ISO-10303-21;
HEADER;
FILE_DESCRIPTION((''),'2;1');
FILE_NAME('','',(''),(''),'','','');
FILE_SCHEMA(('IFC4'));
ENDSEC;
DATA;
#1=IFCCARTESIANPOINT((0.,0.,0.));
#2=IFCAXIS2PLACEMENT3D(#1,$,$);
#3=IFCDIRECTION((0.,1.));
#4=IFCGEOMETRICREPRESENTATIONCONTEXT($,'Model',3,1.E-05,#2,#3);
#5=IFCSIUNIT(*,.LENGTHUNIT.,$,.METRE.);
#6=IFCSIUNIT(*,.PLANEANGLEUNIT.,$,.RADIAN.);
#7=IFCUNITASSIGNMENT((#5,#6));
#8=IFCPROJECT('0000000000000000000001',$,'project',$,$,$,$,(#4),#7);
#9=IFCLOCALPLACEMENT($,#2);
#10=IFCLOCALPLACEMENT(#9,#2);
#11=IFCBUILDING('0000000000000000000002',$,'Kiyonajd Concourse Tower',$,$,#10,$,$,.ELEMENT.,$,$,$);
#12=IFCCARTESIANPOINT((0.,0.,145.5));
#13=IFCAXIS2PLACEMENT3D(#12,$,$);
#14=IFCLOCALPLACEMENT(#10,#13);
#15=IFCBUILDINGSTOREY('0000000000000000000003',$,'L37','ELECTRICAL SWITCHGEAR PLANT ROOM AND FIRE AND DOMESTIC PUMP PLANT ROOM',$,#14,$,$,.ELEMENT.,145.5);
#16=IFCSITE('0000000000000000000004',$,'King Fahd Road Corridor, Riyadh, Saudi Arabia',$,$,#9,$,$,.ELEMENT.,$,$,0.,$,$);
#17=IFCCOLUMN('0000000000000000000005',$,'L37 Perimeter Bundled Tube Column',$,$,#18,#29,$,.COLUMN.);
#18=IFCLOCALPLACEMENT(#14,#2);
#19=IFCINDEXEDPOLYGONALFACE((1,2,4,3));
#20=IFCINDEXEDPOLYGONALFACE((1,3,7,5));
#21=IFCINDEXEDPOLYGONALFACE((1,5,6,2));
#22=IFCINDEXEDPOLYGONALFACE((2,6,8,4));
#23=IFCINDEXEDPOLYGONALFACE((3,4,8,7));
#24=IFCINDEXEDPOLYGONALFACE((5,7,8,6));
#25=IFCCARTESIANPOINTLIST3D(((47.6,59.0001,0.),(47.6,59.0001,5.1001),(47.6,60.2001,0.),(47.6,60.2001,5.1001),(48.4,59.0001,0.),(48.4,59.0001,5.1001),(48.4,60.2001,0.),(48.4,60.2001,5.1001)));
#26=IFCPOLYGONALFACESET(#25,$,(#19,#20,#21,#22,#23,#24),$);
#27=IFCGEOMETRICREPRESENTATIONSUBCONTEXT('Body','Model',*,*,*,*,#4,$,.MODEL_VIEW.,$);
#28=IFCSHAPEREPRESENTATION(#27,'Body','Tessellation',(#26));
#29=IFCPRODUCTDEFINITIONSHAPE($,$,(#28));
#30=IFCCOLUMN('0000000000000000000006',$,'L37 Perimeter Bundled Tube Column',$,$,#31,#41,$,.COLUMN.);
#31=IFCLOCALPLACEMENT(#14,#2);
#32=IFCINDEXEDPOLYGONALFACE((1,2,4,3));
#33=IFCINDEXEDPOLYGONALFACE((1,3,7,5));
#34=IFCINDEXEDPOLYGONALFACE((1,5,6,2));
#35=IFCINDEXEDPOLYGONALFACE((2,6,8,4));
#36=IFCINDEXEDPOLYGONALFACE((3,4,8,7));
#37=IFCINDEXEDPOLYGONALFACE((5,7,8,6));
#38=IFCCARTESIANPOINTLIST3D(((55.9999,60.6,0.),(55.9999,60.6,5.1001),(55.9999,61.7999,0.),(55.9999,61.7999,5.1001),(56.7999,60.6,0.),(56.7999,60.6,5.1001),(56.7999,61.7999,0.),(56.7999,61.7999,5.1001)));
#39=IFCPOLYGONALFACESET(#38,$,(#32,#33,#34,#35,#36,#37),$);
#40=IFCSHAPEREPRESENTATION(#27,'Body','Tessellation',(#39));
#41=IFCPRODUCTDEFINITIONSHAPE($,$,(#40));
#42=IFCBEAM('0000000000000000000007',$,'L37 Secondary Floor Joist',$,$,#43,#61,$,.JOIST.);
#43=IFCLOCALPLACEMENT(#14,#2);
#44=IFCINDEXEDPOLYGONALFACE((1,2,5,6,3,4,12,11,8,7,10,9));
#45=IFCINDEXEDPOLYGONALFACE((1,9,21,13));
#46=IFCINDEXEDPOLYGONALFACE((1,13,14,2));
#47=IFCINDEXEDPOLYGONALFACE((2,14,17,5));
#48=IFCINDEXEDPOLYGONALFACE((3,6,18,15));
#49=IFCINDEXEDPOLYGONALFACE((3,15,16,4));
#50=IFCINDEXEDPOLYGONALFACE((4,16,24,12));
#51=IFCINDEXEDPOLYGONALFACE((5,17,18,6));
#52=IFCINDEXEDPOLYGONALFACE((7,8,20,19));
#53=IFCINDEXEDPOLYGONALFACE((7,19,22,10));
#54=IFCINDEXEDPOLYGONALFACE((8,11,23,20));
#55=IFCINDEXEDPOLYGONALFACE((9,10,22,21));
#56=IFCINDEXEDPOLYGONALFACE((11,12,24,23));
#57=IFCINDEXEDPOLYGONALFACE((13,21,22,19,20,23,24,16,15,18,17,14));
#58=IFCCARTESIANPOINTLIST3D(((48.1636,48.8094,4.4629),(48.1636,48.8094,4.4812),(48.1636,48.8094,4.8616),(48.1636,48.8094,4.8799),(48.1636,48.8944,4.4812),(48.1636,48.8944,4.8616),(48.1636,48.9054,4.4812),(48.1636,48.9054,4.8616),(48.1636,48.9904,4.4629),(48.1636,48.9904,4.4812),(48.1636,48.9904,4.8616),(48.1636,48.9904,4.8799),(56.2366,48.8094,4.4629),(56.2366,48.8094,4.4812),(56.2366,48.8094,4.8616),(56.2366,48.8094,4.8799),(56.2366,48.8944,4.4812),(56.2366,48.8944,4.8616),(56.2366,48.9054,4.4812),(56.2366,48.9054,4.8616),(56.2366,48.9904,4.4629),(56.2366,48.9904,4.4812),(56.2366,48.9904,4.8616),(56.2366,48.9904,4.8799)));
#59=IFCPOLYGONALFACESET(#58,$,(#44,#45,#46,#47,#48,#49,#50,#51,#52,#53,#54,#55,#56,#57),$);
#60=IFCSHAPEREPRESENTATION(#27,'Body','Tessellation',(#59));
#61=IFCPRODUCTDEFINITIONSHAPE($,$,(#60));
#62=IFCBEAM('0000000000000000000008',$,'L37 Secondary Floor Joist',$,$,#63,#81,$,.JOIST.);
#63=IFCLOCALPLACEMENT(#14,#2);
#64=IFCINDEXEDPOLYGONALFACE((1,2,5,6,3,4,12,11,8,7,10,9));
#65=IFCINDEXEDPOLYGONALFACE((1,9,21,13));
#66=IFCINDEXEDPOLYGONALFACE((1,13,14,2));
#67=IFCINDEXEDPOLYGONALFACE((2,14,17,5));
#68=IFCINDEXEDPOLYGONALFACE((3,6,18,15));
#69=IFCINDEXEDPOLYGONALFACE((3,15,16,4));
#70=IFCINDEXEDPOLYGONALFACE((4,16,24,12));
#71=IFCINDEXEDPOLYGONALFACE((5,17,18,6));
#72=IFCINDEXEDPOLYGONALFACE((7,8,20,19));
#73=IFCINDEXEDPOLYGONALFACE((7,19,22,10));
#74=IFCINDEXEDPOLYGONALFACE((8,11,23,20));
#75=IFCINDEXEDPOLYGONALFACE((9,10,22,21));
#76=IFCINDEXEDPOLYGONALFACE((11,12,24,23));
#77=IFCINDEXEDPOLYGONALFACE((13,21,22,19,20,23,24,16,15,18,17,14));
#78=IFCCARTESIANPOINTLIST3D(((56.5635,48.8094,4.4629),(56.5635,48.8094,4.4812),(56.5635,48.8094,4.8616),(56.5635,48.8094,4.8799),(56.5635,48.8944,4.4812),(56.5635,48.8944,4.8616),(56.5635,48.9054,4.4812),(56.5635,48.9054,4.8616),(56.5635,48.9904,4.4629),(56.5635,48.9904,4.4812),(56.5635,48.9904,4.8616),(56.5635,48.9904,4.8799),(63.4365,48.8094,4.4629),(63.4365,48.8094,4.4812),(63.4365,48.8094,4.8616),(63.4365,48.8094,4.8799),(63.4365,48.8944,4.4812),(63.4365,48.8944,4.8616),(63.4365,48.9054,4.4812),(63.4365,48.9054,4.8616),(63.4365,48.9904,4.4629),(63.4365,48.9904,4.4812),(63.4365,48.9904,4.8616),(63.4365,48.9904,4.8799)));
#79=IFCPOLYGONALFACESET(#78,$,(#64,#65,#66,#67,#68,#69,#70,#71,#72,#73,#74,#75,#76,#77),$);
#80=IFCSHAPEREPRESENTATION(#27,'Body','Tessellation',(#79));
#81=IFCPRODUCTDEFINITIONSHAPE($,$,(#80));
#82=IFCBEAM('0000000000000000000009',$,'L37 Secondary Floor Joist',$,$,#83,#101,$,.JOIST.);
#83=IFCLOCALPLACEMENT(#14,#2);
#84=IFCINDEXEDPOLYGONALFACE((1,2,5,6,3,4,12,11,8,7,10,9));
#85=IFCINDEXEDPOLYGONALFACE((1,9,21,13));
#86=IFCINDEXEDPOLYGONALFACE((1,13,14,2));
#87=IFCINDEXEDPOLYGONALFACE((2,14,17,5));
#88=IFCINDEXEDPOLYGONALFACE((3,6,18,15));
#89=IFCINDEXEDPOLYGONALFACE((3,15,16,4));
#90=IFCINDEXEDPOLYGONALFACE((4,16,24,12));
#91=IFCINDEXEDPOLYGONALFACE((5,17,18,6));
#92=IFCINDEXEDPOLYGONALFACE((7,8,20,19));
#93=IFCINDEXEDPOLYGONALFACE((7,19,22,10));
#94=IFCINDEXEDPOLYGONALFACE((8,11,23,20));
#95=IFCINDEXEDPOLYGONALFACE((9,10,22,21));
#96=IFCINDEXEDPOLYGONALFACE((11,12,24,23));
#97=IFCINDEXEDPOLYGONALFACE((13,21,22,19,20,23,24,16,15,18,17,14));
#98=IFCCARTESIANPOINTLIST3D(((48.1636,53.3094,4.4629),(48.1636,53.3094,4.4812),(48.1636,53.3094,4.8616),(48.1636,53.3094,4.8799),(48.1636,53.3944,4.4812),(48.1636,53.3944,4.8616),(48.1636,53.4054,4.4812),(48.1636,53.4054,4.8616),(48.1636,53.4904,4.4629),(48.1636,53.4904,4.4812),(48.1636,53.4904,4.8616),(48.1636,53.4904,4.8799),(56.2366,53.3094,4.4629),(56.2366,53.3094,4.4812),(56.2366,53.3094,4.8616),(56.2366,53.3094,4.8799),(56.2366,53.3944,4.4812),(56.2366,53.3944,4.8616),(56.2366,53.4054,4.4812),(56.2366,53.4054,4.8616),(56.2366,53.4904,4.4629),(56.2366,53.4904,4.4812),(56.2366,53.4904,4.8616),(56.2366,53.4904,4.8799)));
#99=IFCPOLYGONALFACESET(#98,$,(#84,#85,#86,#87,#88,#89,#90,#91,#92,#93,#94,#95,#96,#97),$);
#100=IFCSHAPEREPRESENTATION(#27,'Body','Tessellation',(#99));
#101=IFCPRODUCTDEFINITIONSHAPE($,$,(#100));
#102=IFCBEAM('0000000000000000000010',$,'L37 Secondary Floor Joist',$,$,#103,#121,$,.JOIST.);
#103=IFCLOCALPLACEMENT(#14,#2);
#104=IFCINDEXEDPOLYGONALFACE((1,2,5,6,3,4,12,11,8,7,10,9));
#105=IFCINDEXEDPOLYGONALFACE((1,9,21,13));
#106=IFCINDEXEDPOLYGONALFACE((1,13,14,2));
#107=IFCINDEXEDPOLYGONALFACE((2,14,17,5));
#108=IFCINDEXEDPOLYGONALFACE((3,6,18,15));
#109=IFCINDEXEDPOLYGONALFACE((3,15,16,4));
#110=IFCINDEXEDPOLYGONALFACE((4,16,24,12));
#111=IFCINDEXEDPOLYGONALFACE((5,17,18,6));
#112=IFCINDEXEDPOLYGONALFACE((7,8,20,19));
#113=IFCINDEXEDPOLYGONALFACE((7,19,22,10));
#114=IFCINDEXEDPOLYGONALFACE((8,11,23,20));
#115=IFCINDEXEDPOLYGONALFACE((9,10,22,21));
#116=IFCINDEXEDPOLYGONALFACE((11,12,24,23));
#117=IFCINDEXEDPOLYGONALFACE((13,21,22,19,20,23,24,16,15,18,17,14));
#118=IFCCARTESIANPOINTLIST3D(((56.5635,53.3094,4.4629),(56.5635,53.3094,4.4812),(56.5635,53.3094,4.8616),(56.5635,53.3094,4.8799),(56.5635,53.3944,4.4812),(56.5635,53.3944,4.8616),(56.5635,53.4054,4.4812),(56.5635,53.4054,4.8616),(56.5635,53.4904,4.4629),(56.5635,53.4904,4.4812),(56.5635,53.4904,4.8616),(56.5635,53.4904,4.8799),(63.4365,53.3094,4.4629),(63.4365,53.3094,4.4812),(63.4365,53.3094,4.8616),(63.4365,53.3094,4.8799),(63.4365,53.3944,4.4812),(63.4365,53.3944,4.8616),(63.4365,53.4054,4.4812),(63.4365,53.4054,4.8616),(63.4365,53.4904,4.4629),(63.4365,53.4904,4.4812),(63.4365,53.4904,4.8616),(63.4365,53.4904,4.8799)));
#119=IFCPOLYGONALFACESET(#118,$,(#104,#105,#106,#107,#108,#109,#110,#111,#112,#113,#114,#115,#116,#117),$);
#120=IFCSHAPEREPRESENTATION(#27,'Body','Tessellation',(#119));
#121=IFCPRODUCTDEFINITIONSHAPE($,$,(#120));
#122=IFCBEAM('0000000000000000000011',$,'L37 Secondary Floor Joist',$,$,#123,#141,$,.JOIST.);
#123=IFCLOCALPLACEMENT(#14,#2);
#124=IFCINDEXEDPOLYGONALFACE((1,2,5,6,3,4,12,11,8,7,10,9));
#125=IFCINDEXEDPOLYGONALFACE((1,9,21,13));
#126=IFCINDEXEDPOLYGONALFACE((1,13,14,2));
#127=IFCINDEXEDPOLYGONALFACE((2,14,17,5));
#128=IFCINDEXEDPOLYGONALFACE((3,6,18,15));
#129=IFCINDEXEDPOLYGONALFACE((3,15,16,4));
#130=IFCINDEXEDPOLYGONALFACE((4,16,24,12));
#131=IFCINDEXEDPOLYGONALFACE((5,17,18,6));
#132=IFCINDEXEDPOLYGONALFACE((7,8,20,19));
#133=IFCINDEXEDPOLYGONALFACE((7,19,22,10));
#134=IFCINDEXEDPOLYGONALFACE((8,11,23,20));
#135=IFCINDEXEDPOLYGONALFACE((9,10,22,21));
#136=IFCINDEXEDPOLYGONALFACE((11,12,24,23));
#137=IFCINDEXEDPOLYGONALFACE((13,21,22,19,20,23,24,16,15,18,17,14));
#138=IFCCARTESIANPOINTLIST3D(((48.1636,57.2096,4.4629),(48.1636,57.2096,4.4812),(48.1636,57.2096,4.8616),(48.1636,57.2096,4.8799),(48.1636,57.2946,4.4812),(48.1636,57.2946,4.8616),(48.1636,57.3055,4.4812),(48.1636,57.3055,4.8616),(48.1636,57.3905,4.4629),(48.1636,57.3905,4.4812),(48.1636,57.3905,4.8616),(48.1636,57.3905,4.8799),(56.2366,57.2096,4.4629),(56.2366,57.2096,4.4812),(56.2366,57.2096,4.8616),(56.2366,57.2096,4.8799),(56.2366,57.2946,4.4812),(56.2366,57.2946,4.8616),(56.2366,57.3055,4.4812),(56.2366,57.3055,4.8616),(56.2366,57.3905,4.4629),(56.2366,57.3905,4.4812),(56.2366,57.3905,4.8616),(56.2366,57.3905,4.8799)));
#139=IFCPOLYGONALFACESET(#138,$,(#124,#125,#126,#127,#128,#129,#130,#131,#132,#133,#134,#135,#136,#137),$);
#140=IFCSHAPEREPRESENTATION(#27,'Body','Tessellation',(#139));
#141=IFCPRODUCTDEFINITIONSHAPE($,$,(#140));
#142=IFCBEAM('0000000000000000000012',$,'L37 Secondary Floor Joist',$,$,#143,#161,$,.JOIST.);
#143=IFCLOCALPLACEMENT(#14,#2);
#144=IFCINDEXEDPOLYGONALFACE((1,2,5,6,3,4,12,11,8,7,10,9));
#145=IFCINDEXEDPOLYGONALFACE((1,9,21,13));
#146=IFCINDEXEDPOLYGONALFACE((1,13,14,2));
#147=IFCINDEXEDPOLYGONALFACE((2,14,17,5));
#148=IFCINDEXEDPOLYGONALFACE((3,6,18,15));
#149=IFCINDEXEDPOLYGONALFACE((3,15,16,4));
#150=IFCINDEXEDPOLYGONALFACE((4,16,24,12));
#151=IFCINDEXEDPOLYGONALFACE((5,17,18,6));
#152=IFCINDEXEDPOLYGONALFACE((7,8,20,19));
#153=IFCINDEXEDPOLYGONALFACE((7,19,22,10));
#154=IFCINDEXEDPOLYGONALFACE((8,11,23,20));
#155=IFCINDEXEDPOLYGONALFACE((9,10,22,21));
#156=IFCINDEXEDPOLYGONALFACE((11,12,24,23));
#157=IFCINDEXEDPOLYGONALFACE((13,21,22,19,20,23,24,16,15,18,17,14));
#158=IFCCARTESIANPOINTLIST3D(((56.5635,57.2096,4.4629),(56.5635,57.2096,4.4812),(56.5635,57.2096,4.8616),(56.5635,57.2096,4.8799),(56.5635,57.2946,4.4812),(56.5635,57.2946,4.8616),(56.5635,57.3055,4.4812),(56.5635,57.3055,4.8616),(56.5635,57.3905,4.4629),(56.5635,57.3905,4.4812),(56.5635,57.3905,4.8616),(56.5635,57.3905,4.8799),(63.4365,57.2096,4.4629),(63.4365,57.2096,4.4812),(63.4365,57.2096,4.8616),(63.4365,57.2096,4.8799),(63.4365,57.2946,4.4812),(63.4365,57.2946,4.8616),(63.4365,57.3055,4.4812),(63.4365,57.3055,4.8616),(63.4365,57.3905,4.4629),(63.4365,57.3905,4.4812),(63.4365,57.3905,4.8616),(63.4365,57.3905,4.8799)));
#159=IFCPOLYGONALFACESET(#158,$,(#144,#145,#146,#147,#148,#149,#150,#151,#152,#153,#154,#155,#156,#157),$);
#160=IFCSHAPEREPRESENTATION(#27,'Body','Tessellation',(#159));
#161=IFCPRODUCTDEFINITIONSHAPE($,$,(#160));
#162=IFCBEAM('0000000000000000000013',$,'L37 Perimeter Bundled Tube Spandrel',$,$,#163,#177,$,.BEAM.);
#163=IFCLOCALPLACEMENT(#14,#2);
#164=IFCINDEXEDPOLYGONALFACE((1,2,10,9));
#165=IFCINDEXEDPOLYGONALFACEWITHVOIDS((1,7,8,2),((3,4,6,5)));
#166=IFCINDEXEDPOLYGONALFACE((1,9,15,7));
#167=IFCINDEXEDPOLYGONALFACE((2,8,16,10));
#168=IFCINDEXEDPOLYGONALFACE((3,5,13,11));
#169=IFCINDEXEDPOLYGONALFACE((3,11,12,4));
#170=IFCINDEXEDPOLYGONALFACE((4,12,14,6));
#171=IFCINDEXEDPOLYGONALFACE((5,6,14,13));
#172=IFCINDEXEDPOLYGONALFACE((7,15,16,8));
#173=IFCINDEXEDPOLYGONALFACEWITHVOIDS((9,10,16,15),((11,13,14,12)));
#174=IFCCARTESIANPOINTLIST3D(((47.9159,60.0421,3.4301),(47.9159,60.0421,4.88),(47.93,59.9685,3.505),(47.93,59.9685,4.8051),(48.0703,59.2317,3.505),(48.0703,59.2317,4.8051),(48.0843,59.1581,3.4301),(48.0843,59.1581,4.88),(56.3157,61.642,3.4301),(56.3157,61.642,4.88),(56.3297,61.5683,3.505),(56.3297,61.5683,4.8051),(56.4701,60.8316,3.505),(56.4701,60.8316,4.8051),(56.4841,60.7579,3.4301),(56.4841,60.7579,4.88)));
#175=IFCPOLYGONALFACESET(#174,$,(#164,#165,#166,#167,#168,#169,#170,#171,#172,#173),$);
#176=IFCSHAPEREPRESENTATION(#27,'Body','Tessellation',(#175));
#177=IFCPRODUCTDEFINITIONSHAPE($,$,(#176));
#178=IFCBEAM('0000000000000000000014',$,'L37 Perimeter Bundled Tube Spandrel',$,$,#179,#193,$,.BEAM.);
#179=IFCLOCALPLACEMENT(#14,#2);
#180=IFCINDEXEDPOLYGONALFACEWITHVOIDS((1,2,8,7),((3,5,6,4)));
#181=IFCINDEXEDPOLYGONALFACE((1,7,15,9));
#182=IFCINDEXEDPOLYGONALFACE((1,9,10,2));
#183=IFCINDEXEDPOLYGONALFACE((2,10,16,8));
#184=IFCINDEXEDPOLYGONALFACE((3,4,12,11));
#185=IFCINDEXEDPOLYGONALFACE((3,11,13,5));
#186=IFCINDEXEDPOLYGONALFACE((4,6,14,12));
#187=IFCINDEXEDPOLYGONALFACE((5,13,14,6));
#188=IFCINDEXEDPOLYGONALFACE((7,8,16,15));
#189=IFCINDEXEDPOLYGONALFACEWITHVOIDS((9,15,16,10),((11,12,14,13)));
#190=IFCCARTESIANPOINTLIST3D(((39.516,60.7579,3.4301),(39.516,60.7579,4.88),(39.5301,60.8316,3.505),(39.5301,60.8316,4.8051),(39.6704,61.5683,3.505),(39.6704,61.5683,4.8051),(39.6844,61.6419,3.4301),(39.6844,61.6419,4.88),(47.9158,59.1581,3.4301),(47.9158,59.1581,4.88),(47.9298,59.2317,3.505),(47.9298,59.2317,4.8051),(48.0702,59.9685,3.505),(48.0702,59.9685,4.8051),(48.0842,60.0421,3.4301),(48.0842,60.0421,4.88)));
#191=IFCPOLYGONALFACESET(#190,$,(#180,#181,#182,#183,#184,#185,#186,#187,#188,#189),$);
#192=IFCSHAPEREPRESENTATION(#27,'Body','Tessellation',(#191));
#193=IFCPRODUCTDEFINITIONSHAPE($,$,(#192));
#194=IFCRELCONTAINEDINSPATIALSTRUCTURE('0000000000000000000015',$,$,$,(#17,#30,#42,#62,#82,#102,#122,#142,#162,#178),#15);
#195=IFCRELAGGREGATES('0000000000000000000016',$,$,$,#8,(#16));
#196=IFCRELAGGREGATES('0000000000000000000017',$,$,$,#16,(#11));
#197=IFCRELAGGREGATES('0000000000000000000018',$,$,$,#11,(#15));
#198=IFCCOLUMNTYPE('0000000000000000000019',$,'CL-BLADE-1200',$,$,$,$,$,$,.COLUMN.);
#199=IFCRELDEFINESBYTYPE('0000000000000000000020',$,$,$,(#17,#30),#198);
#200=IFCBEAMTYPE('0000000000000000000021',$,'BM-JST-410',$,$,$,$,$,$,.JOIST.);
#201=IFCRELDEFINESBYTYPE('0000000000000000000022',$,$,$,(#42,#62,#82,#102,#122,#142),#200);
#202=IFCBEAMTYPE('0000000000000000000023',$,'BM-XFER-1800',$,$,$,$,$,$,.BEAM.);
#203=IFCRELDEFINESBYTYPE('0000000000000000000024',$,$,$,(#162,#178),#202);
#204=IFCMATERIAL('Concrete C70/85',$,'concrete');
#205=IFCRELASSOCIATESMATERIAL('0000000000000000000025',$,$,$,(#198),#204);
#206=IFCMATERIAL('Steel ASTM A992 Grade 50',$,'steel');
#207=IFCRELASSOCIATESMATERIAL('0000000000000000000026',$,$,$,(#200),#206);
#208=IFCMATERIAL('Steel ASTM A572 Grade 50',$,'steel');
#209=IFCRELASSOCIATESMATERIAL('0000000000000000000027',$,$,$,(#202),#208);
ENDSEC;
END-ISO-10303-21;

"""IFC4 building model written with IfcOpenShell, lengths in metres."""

from ifc_helpers import new_model, si_unit, direction, frame, origin, origin_2d, place, context, subcontext, project, spatial, rectangle, hollow_rectangle, i_section, extrude, material, material_profile, profile_set, type_object, element, save


model = new_model("IFC4")

# Units and contexts
model_context = context("Model", 3, precision=1e-05, world=origin(), true_north=direction((0.0, 1.0)))
body_context = subcontext(model_context, "Body", "Model", "MODEL_VIEW")
ifc_project = project(units=[si_unit("LENGTHUNIT", "METRE"), si_unit("PLANEANGLEUNIT", "RADIAN")], contexts=[model_context])

# Site, building, storey
site_placement = place(None, origin())
site = spatial("IfcSite", under=ifc_project, at=site_placement, Name="King Fahd Road Corridor, Riyadh, Saudi Arabia", CompositionType="ELEMENT", RefElevation=0.0)
building_placement = place(site_placement, origin())
building = spatial("IfcBuilding", under=site, at=building_placement, Name="Kiyonajd Concourse Tower", CompositionType="ELEMENT")
storey_placement = place(building_placement, frame((0.0, 0.0, 145.5)))
storey = spatial("IfcBuildingStorey", under=building, at=storey_placement, Name="L37", Description="ELECTRICAL SWITCHGEAR PLANT ROOM AND FIRE AND DOMESTIC PUMP PLANT ROOM", CompositionType="ELEMENT", Elevation=145.5)

# Columns
ifc_material_1 = material(Name="Concrete C70/85", Category="concrete")
ifc_material_profile_1 = material_profile(ifc_material_1, rectangle(XDim=0.8, YDim=1.2, at=origin_2d()), Name="RC-1200x800")
ifc_profile_set_1 = profile_set([ifc_material_profile_1], Name="Concrete C70/85")
column_type = type_object("IfcColumnType", Name="CL-BLADE-1200", PredefinedType="COLUMN", material=ifc_profile_set_1)
for number, where, z_axis, x_axis, name in (
    (1, (48.0, 59.6001, 0.0), (0.0, 0.0, 1.0), (1.0, 0.0, 0.0), "L37 Perimeter Bundled Tube Column"),
    (2, (56.3999, 61.2, 0.0), (0.0, 0.0, 1.0), (1.0, 0.0, 0.0), "L37 Perimeter Bundled Tube Column"),
):
    element("IfcColumn", number, at=place(storey_placement, frame(where, z_axis=z_axis, x_axis=x_axis)), inside=storey, type_object=column_type, Name=name, PredefinedType="COLUMN", context=body_context, shape_type="SweptSolid", body=[
        extrude(rectangle(XDim=0.8, YDim=1.2, at=origin_2d()), origin(), (0.0, 0.0, 1.0), 5.1001),
    ])

# Beams
ifc_material_2 = material(Name="Steel ASTM A992 Grade 50", Category="steel")
ifc_material_profile_2 = material_profile(ifc_material_2, i_section(OverallWidth=0.1809, OverallDepth=0.417, WebThickness=0.011, FlangeThickness=0.0183, at=origin_2d()), Name="W410X85")
ifc_profile_set_2 = profile_set([ifc_material_profile_2], Name="Steel ASTM A992 Grade 50")
beam_type_1 = type_object("IfcBeamType", Name="BM-JST-410", PredefinedType="JOIST", material=ifc_profile_set_2)
beam_1_placement = place(storey_placement, frame((48.1636, 48.8999, 4.6714), z_axis=(1.0, 0.0, 0.0), x_axis=(0.0, 1.0, 0.0)))
element("IfcBeam", 3, at=beam_1_placement, inside=storey, type_object=beam_type_1, Name="L37 Secondary Floor Joist", PredefinedType="JOIST", context=body_context, shape_type="SweptSolid", body=[
    extrude(i_section(OverallWidth=0.1809, OverallDepth=0.417, WebThickness=0.011, FlangeThickness=0.0183, at=origin_2d()), origin(), (0.0, 0.0, 1.0), 8.073),
])
beam_2_placement = place(storey_placement, frame((56.5635, 48.8999, 4.6714), z_axis=(1.0, 0.0, 0.0), x_axis=(0.0, 1.0, 0.0)))
element("IfcBeam", 4, at=beam_2_placement, inside=storey, type_object=beam_type_1, Name="L37 Secondary Floor Joist", PredefinedType="JOIST", context=body_context, shape_type="SweptSolid", body=[
    extrude(i_section(OverallWidth=0.1809, OverallDepth=0.417, WebThickness=0.011, FlangeThickness=0.0183, at=origin_2d()), origin(), (0.0, 0.0, 1.0), 6.873),
])
beam_3_placement = place(storey_placement, frame((48.1636, 53.3999, 4.6714), z_axis=(1.0, 0.0, 0.0), x_axis=(0.0, 1.0, 0.0)))
element("IfcBeam", 5, at=beam_3_placement, inside=storey, type_object=beam_type_1, Name="L37 Secondary Floor Joist", PredefinedType="JOIST", context=body_context, shape_type="SweptSolid", body=[
    extrude(i_section(OverallWidth=0.1809, OverallDepth=0.417, WebThickness=0.011, FlangeThickness=0.0183, at=origin_2d()), origin(), (0.0, 0.0, 1.0), 8.073),
])
beam_4_placement = place(storey_placement, frame((56.5635, 53.3999, 4.6714), z_axis=(1.0, 0.0, 0.0), x_axis=(0.0, 1.0, 0.0)))
element("IfcBeam", 6, at=beam_4_placement, inside=storey, type_object=beam_type_1, Name="L37 Secondary Floor Joist", PredefinedType="JOIST", context=body_context, shape_type="SweptSolid", body=[
    extrude(i_section(OverallWidth=0.1809, OverallDepth=0.417, WebThickness=0.011, FlangeThickness=0.0183, at=origin_2d()), origin(), (0.0, 0.0, 1.0), 6.873),
])
beam_5_placement = place(storey_placement, frame((48.1636, 57.3, 4.6714), z_axis=(1.0, 0.0, 0.0), x_axis=(0.0, 1.0, 0.0)))
element("IfcBeam", 7, at=beam_5_placement, inside=storey, type_object=beam_type_1, Name="L37 Secondary Floor Joist", PredefinedType="JOIST", context=body_context, shape_type="SweptSolid", body=[
    extrude(i_section(OverallWidth=0.1809, OverallDepth=0.417, WebThickness=0.011, FlangeThickness=0.0183, at=origin_2d()), origin(), (0.0, 0.0, 1.0), 8.073),
])
beam_6_placement = place(storey_placement, frame((56.5635, 57.3, 4.6714), z_axis=(1.0, 0.0, 0.0), x_axis=(0.0, 1.0, 0.0)))
element("IfcBeam", 8, at=beam_6_placement, inside=storey, type_object=beam_type_1, Name="L37 Secondary Floor Joist", PredefinedType="JOIST", context=body_context, shape_type="SweptSolid", body=[
    extrude(i_section(OverallWidth=0.1809, OverallDepth=0.417, WebThickness=0.011, FlangeThickness=0.0183, at=origin_2d()), origin(), (0.0, 0.0, 1.0), 6.873),
])
ifc_material_3 = material(Name="Steel ASTM A572 Grade 50", Category="steel")
ifc_material_profile_3 = material_profile(ifc_material_3, hollow_rectangle(XDim=0.8999, YDim=1.45, WallThickness=0.075, at=origin_2d()), Name="BOX-1450x900x75")
ifc_profile_set_3 = profile_set([ifc_material_profile_3], Name="Steel ASTM A572 Grade 50")
beam_type_2 = type_object("IfcBeamType", Name="BM-XFER-1800", PredefinedType="BEAM", material=ifc_profile_set_3)
for number, where, z_axis, x_axis, name in (
    (9, (56.3999, 61.2, 4.155), (-0.982341, -0.187098, 0.0), (0.187098, -0.982341, 0.0), "L37 Perimeter Bundled Tube Spandrel"),
    (10, (48.0, 59.6001, 4.155), (-0.982341, 0.187098, 0.0), (-0.187098, -0.982341, 0.0), "L37 Perimeter Bundled Tube Spandrel"),
):
    element("IfcBeam", number, at=place(storey_placement, frame(where, z_axis=z_axis, x_axis=x_axis)), inside=storey, type_object=beam_type_2, Name=name, PredefinedType="BEAM", context=body_context, shape_type="SweptSolid", body=[
        extrude(hollow_rectangle(XDim=0.8999, YDim=1.45, WallThickness=0.075, at=origin_2d()), origin(), (0.0, 0.0, 1.0), 8.5508),
    ])

save(model, "model.ifc")
